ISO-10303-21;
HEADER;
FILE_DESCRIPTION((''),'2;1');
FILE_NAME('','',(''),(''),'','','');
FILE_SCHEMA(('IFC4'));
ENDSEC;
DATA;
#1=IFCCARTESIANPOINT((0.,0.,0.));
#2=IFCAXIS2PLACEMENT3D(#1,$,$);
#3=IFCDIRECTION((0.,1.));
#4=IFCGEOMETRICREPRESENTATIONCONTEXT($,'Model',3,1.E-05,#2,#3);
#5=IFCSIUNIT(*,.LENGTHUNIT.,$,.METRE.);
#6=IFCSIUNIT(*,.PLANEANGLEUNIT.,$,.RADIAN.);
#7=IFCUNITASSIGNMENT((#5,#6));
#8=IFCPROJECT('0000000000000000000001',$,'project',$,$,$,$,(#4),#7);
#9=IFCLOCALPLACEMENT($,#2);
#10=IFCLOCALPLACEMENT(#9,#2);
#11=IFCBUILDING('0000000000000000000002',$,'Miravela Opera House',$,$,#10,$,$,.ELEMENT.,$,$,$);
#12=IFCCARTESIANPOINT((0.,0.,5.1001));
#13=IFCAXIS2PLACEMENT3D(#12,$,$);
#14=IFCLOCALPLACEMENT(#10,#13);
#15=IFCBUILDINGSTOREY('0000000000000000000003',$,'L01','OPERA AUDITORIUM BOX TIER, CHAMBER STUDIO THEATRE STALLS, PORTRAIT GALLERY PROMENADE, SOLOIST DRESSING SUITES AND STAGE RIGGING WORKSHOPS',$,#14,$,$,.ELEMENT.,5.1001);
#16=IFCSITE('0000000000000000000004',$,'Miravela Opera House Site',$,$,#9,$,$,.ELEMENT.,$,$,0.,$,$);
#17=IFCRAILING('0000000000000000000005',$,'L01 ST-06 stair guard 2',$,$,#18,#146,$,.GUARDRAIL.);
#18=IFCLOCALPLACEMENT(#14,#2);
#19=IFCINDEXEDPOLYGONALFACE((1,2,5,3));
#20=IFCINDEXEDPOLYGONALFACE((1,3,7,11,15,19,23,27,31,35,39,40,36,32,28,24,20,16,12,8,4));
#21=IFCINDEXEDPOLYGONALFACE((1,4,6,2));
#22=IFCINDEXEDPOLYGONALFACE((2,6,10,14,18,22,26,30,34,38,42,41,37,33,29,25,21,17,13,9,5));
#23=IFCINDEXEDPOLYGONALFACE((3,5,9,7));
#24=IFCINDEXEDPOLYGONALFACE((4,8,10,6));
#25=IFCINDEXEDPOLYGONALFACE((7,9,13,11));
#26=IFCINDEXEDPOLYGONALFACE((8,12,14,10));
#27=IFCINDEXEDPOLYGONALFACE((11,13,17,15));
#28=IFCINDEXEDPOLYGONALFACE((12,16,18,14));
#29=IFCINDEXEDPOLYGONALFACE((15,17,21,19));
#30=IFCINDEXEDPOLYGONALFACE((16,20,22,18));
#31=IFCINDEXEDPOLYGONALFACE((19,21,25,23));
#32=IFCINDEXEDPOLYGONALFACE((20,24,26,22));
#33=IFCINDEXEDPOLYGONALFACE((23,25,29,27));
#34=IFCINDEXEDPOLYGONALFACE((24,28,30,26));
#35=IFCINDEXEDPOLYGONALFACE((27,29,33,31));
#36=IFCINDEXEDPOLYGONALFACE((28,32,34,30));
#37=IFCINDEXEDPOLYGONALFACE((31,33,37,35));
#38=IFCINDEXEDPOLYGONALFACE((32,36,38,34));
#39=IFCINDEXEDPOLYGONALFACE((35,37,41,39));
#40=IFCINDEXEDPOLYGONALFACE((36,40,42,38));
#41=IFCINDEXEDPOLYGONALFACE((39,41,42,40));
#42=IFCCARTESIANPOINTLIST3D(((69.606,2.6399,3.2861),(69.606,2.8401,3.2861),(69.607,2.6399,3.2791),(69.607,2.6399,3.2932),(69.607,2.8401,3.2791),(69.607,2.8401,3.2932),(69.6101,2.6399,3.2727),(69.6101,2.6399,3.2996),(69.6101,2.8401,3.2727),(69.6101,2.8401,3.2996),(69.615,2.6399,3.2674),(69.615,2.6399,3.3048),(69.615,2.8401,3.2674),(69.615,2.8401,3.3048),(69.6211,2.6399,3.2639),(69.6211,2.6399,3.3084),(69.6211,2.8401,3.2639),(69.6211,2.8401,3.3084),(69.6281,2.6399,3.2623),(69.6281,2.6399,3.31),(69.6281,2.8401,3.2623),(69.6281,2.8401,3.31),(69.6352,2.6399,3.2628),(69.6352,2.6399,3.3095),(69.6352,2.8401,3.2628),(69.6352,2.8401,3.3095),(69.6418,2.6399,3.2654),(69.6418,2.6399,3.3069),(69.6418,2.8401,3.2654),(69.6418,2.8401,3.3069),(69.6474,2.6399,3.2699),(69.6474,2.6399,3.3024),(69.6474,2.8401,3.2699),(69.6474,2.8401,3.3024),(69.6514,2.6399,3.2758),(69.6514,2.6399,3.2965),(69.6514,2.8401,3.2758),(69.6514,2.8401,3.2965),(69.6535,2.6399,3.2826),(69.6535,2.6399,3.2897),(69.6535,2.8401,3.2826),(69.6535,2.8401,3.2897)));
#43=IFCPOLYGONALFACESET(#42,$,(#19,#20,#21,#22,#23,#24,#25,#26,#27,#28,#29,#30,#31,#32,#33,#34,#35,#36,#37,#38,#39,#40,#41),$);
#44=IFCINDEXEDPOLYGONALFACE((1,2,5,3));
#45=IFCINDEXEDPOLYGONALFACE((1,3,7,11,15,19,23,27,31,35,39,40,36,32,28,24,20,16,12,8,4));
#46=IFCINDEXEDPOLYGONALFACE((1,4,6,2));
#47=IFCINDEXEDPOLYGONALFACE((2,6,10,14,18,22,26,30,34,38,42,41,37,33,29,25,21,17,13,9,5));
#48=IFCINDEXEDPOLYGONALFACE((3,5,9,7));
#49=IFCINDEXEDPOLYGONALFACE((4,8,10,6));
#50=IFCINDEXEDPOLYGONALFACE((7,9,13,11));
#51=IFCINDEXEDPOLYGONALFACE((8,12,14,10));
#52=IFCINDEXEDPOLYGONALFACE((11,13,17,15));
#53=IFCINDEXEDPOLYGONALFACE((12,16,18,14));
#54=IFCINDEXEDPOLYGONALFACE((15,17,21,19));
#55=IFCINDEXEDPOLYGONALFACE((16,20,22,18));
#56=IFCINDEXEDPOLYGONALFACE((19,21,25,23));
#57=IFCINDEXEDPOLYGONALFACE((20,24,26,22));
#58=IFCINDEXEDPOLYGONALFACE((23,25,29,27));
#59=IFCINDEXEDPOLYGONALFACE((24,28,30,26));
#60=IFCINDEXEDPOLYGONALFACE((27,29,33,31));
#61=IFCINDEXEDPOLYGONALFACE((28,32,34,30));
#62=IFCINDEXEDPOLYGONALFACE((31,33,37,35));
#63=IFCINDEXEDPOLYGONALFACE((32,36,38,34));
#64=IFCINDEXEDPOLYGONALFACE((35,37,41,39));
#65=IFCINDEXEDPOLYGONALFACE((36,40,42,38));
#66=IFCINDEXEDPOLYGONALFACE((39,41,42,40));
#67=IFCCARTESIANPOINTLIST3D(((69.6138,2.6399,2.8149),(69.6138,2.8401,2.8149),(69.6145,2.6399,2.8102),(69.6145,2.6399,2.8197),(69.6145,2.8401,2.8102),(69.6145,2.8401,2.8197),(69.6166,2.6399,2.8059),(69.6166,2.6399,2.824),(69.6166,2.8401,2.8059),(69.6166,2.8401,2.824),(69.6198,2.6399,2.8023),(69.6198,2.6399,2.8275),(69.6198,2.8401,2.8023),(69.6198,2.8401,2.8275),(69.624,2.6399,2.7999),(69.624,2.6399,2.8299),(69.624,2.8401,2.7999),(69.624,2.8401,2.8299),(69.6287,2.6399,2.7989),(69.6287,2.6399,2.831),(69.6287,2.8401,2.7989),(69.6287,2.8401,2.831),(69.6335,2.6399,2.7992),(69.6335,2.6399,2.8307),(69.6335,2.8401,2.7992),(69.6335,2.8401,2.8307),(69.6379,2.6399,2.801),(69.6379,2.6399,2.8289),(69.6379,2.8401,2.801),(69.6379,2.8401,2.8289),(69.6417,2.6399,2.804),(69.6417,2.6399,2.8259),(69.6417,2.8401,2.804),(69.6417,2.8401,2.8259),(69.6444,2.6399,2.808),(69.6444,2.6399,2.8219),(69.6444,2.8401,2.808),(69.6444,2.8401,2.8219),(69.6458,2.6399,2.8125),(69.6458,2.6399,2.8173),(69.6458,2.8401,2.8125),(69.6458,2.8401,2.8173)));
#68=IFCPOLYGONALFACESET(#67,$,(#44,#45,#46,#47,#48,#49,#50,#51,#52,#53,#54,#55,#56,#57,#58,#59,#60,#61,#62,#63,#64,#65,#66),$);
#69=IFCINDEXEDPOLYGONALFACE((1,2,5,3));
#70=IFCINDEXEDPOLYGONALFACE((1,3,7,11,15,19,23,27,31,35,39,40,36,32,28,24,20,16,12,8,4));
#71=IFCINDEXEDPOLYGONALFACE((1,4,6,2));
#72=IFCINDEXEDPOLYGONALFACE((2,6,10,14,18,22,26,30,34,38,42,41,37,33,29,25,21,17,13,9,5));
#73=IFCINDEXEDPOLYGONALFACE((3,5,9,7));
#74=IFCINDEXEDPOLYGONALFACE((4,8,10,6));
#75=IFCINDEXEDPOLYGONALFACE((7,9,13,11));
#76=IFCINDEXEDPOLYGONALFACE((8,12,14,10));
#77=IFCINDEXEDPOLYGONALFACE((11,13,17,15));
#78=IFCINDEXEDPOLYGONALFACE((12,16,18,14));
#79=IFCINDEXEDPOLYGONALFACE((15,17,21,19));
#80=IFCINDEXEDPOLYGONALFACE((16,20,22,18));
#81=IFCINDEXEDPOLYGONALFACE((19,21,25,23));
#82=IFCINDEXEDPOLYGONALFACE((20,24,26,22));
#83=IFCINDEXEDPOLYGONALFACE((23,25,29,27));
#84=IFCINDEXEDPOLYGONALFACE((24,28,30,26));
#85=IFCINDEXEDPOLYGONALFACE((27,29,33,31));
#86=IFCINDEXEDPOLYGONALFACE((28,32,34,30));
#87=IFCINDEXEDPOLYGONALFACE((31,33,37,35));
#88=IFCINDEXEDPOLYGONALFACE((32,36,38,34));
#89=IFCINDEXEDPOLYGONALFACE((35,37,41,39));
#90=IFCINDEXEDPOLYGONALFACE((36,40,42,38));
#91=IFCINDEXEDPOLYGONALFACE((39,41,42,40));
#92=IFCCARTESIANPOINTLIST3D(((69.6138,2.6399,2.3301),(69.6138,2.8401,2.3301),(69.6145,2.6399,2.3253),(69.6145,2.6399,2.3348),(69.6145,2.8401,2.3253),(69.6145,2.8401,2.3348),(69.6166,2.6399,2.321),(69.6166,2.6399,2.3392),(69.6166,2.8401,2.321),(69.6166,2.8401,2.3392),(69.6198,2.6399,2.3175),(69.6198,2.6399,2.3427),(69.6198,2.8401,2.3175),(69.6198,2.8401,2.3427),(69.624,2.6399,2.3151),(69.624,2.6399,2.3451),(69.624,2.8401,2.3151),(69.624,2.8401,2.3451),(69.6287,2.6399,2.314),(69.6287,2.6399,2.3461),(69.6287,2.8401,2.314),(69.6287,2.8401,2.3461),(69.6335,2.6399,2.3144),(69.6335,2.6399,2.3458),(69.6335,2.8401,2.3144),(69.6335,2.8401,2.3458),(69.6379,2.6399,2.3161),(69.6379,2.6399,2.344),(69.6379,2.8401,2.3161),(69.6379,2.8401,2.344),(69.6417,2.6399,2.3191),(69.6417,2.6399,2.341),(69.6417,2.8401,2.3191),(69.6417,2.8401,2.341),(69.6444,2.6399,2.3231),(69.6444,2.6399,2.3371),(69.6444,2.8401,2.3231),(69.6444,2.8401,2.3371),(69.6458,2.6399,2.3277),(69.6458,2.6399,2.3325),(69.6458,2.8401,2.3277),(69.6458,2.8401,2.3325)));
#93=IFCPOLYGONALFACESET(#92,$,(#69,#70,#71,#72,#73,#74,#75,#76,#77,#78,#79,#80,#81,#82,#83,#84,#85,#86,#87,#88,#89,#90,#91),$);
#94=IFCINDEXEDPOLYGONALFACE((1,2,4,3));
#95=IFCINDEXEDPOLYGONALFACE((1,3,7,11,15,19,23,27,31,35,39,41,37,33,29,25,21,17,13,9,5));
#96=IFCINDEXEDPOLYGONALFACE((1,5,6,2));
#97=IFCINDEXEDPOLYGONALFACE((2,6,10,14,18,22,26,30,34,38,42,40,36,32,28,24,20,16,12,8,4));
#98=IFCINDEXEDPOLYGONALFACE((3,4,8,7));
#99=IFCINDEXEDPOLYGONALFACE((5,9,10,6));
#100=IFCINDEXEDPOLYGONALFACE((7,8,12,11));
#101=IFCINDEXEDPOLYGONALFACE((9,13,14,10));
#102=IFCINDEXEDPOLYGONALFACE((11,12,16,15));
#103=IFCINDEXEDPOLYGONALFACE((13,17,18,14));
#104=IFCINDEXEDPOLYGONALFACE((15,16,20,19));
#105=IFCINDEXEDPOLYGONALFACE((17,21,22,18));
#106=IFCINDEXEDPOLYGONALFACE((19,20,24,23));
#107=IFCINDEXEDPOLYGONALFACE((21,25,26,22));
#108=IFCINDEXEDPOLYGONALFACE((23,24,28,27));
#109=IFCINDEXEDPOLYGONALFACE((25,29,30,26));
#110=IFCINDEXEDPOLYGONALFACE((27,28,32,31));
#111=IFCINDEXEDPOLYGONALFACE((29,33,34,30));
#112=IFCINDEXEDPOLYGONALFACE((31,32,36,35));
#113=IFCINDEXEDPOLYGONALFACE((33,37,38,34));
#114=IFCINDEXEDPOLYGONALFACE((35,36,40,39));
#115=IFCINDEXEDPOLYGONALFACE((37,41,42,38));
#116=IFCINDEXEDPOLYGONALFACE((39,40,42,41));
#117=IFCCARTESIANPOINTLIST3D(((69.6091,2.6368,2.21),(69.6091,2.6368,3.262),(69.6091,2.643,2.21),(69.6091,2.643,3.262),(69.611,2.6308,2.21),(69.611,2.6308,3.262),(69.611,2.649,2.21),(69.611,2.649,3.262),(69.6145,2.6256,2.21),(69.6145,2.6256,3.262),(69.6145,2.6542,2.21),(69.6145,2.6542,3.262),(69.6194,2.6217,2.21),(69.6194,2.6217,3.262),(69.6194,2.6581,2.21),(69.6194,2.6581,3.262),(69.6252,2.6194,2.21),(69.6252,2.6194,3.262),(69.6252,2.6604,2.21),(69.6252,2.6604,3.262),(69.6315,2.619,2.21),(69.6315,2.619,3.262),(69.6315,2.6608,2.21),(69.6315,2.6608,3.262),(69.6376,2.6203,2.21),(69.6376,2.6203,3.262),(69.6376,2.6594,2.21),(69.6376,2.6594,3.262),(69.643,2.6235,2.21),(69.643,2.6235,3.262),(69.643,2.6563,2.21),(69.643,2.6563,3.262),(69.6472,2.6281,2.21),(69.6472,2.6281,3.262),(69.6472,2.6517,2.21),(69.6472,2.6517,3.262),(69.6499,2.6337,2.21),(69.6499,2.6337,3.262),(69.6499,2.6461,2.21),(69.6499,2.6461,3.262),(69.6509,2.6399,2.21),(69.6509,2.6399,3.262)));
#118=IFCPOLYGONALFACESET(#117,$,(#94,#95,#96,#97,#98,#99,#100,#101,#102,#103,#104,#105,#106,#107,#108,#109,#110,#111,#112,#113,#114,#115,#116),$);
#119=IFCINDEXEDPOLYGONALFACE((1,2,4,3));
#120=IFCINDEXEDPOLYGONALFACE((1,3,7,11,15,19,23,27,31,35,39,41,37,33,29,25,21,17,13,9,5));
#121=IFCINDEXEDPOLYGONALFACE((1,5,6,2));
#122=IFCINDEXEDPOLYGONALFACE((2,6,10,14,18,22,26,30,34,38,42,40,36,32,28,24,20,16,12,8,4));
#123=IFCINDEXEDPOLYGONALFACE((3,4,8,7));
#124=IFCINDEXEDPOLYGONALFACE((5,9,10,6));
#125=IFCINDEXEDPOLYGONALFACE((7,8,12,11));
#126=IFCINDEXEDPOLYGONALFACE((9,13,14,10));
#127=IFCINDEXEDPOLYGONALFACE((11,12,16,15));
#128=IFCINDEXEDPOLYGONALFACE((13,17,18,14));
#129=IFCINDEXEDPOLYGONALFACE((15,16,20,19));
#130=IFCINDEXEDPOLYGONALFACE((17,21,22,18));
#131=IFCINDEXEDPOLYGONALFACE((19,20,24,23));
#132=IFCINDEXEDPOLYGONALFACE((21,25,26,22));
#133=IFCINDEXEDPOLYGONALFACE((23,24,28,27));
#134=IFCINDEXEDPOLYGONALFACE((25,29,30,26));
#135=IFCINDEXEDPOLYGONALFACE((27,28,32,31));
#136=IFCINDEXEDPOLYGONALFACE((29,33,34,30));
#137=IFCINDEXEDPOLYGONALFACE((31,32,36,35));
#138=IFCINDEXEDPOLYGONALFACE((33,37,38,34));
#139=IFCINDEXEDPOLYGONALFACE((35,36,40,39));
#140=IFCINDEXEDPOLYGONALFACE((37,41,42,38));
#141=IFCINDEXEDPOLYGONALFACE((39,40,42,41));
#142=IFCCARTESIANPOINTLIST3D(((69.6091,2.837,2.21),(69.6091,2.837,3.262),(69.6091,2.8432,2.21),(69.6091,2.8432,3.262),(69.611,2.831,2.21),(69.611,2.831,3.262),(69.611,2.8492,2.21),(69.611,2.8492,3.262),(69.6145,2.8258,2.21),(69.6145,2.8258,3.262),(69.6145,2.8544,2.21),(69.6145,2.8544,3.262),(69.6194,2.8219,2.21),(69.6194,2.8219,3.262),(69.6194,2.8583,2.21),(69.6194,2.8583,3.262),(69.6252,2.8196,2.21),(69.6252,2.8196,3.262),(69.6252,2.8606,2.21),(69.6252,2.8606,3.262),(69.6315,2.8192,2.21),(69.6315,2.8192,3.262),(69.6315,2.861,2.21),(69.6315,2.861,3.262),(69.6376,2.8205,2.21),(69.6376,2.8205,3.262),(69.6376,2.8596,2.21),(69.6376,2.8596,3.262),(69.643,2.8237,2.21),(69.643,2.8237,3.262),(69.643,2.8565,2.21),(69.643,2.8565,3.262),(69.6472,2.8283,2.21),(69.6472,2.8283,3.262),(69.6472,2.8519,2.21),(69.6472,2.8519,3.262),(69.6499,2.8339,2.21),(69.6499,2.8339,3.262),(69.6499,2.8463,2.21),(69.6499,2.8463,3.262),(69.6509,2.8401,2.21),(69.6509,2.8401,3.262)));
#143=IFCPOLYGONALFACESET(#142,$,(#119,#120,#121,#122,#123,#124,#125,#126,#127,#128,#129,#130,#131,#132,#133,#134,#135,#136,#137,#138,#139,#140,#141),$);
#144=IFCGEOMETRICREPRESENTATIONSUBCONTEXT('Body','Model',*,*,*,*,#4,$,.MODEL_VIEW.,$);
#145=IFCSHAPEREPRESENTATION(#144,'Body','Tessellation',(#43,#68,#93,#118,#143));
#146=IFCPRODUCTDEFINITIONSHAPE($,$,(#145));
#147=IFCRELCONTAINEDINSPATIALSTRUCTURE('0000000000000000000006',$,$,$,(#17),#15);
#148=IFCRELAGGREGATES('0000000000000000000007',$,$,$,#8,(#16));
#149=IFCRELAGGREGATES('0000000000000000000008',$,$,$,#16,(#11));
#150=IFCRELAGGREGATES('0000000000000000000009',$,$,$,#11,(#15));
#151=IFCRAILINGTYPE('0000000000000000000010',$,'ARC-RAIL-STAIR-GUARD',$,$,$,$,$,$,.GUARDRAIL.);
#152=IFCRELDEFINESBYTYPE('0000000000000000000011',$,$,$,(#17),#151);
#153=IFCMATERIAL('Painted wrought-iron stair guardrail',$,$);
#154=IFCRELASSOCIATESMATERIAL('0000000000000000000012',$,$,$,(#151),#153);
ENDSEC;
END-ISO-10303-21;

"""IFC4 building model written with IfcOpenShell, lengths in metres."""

from ifc_helpers import new_model, si_unit, direction, frame, origin, origin_2d, place, context, subcontext, project, spatial, circle, extrude, material, type_object, element, save


model = new_model("IFC4")

# Units and contexts
model_context = context("Model", 3, precision=1e-05, world=origin(), true_north=direction((0.0, 1.0)))
body_context = subcontext(model_context, "Body", "Model", "MODEL_VIEW")
ifc_project = project(units=[si_unit("LENGTHUNIT", "METRE"), si_unit("PLANEANGLEUNIT", "RADIAN")], contexts=[model_context])

# Site, building, storey
site_placement = place(None, origin())
site = spatial("IfcSite", under=ifc_project, at=site_placement, Name="Miravela Opera House Site", CompositionType="ELEMENT", RefElevation=0.0)
building_placement = place(site_placement, origin())
building = spatial("IfcBuilding", under=site, at=building_placement, Name="Miravela Opera House", CompositionType="ELEMENT")
storey_placement = place(building_placement, frame((0.0, 0.0, 5.1001)))
storey = spatial("IfcBuildingStorey", under=building, at=storey_placement, Name="L01", Description="OPERA AUDITORIUM BOX TIER, CHAMBER STUDIO THEATRE STALLS, PORTRAIT GALLERY PROMENADE, SOLOIST DRESSING SUITES AND STAGE RIGGING WORKSHOPS", CompositionType="ELEMENT", Elevation=5.1001)

# Railing
ifc_material_1 = material(Name="Painted wrought-iron stair guardrail")
railing_type_1 = type_object("IfcRailingType", Name="ARC-RAIL-STAIR-GUARD", PredefinedType="GUARDRAIL", material=ifc_material_1)
railing_1_placement = place(storey_placement, frame((69.6299, 2.6399, 2.21)))
element("IfcRailing", 1, at=railing_1_placement, inside=storey, type_object=railing_type_1, Name="L01 ST-06 stair guard 2", PredefinedType="GUARDRAIL", context=body_context, shape_type="SweptSolid", body=[
    extrude(circle(Radius=0.0239, at=origin_2d()), frame((0.0, 0.0, 1.0762), z_axis=(0.0, 1.0, 0.0), x_axis=(-1.0, 0.0, 0.0)), (0.0, 0.0, 1.0), 0.2002),
    extrude(circle(Radius=0.0161, at=origin_2d()), frame((0.0, 0.0, 0.605), z_axis=(0.0, 1.0, 0.0), x_axis=(-1.0, 0.0, 0.0)), (0.0, 0.0, 1.0), 0.2002),
    extrude(circle(Radius=0.0161, at=origin_2d()), frame((0.0, 0.0, 0.1201), z_axis=(0.0, 1.0, 0.0), x_axis=(-1.0, 0.0, 0.0)), (0.0, 0.0, 1.0), 0.2002),
    extrude(circle(Radius=0.021, at=origin_2d()), origin(), (0.0, 0.0, 1.0), 1.052),
    extrude(circle(Radius=0.021, at=origin_2d()), frame((0.0, 0.2002, 0.0)), (0.0, 0.0, 1.0), 1.052),
])

save(model, "model.ifc")
